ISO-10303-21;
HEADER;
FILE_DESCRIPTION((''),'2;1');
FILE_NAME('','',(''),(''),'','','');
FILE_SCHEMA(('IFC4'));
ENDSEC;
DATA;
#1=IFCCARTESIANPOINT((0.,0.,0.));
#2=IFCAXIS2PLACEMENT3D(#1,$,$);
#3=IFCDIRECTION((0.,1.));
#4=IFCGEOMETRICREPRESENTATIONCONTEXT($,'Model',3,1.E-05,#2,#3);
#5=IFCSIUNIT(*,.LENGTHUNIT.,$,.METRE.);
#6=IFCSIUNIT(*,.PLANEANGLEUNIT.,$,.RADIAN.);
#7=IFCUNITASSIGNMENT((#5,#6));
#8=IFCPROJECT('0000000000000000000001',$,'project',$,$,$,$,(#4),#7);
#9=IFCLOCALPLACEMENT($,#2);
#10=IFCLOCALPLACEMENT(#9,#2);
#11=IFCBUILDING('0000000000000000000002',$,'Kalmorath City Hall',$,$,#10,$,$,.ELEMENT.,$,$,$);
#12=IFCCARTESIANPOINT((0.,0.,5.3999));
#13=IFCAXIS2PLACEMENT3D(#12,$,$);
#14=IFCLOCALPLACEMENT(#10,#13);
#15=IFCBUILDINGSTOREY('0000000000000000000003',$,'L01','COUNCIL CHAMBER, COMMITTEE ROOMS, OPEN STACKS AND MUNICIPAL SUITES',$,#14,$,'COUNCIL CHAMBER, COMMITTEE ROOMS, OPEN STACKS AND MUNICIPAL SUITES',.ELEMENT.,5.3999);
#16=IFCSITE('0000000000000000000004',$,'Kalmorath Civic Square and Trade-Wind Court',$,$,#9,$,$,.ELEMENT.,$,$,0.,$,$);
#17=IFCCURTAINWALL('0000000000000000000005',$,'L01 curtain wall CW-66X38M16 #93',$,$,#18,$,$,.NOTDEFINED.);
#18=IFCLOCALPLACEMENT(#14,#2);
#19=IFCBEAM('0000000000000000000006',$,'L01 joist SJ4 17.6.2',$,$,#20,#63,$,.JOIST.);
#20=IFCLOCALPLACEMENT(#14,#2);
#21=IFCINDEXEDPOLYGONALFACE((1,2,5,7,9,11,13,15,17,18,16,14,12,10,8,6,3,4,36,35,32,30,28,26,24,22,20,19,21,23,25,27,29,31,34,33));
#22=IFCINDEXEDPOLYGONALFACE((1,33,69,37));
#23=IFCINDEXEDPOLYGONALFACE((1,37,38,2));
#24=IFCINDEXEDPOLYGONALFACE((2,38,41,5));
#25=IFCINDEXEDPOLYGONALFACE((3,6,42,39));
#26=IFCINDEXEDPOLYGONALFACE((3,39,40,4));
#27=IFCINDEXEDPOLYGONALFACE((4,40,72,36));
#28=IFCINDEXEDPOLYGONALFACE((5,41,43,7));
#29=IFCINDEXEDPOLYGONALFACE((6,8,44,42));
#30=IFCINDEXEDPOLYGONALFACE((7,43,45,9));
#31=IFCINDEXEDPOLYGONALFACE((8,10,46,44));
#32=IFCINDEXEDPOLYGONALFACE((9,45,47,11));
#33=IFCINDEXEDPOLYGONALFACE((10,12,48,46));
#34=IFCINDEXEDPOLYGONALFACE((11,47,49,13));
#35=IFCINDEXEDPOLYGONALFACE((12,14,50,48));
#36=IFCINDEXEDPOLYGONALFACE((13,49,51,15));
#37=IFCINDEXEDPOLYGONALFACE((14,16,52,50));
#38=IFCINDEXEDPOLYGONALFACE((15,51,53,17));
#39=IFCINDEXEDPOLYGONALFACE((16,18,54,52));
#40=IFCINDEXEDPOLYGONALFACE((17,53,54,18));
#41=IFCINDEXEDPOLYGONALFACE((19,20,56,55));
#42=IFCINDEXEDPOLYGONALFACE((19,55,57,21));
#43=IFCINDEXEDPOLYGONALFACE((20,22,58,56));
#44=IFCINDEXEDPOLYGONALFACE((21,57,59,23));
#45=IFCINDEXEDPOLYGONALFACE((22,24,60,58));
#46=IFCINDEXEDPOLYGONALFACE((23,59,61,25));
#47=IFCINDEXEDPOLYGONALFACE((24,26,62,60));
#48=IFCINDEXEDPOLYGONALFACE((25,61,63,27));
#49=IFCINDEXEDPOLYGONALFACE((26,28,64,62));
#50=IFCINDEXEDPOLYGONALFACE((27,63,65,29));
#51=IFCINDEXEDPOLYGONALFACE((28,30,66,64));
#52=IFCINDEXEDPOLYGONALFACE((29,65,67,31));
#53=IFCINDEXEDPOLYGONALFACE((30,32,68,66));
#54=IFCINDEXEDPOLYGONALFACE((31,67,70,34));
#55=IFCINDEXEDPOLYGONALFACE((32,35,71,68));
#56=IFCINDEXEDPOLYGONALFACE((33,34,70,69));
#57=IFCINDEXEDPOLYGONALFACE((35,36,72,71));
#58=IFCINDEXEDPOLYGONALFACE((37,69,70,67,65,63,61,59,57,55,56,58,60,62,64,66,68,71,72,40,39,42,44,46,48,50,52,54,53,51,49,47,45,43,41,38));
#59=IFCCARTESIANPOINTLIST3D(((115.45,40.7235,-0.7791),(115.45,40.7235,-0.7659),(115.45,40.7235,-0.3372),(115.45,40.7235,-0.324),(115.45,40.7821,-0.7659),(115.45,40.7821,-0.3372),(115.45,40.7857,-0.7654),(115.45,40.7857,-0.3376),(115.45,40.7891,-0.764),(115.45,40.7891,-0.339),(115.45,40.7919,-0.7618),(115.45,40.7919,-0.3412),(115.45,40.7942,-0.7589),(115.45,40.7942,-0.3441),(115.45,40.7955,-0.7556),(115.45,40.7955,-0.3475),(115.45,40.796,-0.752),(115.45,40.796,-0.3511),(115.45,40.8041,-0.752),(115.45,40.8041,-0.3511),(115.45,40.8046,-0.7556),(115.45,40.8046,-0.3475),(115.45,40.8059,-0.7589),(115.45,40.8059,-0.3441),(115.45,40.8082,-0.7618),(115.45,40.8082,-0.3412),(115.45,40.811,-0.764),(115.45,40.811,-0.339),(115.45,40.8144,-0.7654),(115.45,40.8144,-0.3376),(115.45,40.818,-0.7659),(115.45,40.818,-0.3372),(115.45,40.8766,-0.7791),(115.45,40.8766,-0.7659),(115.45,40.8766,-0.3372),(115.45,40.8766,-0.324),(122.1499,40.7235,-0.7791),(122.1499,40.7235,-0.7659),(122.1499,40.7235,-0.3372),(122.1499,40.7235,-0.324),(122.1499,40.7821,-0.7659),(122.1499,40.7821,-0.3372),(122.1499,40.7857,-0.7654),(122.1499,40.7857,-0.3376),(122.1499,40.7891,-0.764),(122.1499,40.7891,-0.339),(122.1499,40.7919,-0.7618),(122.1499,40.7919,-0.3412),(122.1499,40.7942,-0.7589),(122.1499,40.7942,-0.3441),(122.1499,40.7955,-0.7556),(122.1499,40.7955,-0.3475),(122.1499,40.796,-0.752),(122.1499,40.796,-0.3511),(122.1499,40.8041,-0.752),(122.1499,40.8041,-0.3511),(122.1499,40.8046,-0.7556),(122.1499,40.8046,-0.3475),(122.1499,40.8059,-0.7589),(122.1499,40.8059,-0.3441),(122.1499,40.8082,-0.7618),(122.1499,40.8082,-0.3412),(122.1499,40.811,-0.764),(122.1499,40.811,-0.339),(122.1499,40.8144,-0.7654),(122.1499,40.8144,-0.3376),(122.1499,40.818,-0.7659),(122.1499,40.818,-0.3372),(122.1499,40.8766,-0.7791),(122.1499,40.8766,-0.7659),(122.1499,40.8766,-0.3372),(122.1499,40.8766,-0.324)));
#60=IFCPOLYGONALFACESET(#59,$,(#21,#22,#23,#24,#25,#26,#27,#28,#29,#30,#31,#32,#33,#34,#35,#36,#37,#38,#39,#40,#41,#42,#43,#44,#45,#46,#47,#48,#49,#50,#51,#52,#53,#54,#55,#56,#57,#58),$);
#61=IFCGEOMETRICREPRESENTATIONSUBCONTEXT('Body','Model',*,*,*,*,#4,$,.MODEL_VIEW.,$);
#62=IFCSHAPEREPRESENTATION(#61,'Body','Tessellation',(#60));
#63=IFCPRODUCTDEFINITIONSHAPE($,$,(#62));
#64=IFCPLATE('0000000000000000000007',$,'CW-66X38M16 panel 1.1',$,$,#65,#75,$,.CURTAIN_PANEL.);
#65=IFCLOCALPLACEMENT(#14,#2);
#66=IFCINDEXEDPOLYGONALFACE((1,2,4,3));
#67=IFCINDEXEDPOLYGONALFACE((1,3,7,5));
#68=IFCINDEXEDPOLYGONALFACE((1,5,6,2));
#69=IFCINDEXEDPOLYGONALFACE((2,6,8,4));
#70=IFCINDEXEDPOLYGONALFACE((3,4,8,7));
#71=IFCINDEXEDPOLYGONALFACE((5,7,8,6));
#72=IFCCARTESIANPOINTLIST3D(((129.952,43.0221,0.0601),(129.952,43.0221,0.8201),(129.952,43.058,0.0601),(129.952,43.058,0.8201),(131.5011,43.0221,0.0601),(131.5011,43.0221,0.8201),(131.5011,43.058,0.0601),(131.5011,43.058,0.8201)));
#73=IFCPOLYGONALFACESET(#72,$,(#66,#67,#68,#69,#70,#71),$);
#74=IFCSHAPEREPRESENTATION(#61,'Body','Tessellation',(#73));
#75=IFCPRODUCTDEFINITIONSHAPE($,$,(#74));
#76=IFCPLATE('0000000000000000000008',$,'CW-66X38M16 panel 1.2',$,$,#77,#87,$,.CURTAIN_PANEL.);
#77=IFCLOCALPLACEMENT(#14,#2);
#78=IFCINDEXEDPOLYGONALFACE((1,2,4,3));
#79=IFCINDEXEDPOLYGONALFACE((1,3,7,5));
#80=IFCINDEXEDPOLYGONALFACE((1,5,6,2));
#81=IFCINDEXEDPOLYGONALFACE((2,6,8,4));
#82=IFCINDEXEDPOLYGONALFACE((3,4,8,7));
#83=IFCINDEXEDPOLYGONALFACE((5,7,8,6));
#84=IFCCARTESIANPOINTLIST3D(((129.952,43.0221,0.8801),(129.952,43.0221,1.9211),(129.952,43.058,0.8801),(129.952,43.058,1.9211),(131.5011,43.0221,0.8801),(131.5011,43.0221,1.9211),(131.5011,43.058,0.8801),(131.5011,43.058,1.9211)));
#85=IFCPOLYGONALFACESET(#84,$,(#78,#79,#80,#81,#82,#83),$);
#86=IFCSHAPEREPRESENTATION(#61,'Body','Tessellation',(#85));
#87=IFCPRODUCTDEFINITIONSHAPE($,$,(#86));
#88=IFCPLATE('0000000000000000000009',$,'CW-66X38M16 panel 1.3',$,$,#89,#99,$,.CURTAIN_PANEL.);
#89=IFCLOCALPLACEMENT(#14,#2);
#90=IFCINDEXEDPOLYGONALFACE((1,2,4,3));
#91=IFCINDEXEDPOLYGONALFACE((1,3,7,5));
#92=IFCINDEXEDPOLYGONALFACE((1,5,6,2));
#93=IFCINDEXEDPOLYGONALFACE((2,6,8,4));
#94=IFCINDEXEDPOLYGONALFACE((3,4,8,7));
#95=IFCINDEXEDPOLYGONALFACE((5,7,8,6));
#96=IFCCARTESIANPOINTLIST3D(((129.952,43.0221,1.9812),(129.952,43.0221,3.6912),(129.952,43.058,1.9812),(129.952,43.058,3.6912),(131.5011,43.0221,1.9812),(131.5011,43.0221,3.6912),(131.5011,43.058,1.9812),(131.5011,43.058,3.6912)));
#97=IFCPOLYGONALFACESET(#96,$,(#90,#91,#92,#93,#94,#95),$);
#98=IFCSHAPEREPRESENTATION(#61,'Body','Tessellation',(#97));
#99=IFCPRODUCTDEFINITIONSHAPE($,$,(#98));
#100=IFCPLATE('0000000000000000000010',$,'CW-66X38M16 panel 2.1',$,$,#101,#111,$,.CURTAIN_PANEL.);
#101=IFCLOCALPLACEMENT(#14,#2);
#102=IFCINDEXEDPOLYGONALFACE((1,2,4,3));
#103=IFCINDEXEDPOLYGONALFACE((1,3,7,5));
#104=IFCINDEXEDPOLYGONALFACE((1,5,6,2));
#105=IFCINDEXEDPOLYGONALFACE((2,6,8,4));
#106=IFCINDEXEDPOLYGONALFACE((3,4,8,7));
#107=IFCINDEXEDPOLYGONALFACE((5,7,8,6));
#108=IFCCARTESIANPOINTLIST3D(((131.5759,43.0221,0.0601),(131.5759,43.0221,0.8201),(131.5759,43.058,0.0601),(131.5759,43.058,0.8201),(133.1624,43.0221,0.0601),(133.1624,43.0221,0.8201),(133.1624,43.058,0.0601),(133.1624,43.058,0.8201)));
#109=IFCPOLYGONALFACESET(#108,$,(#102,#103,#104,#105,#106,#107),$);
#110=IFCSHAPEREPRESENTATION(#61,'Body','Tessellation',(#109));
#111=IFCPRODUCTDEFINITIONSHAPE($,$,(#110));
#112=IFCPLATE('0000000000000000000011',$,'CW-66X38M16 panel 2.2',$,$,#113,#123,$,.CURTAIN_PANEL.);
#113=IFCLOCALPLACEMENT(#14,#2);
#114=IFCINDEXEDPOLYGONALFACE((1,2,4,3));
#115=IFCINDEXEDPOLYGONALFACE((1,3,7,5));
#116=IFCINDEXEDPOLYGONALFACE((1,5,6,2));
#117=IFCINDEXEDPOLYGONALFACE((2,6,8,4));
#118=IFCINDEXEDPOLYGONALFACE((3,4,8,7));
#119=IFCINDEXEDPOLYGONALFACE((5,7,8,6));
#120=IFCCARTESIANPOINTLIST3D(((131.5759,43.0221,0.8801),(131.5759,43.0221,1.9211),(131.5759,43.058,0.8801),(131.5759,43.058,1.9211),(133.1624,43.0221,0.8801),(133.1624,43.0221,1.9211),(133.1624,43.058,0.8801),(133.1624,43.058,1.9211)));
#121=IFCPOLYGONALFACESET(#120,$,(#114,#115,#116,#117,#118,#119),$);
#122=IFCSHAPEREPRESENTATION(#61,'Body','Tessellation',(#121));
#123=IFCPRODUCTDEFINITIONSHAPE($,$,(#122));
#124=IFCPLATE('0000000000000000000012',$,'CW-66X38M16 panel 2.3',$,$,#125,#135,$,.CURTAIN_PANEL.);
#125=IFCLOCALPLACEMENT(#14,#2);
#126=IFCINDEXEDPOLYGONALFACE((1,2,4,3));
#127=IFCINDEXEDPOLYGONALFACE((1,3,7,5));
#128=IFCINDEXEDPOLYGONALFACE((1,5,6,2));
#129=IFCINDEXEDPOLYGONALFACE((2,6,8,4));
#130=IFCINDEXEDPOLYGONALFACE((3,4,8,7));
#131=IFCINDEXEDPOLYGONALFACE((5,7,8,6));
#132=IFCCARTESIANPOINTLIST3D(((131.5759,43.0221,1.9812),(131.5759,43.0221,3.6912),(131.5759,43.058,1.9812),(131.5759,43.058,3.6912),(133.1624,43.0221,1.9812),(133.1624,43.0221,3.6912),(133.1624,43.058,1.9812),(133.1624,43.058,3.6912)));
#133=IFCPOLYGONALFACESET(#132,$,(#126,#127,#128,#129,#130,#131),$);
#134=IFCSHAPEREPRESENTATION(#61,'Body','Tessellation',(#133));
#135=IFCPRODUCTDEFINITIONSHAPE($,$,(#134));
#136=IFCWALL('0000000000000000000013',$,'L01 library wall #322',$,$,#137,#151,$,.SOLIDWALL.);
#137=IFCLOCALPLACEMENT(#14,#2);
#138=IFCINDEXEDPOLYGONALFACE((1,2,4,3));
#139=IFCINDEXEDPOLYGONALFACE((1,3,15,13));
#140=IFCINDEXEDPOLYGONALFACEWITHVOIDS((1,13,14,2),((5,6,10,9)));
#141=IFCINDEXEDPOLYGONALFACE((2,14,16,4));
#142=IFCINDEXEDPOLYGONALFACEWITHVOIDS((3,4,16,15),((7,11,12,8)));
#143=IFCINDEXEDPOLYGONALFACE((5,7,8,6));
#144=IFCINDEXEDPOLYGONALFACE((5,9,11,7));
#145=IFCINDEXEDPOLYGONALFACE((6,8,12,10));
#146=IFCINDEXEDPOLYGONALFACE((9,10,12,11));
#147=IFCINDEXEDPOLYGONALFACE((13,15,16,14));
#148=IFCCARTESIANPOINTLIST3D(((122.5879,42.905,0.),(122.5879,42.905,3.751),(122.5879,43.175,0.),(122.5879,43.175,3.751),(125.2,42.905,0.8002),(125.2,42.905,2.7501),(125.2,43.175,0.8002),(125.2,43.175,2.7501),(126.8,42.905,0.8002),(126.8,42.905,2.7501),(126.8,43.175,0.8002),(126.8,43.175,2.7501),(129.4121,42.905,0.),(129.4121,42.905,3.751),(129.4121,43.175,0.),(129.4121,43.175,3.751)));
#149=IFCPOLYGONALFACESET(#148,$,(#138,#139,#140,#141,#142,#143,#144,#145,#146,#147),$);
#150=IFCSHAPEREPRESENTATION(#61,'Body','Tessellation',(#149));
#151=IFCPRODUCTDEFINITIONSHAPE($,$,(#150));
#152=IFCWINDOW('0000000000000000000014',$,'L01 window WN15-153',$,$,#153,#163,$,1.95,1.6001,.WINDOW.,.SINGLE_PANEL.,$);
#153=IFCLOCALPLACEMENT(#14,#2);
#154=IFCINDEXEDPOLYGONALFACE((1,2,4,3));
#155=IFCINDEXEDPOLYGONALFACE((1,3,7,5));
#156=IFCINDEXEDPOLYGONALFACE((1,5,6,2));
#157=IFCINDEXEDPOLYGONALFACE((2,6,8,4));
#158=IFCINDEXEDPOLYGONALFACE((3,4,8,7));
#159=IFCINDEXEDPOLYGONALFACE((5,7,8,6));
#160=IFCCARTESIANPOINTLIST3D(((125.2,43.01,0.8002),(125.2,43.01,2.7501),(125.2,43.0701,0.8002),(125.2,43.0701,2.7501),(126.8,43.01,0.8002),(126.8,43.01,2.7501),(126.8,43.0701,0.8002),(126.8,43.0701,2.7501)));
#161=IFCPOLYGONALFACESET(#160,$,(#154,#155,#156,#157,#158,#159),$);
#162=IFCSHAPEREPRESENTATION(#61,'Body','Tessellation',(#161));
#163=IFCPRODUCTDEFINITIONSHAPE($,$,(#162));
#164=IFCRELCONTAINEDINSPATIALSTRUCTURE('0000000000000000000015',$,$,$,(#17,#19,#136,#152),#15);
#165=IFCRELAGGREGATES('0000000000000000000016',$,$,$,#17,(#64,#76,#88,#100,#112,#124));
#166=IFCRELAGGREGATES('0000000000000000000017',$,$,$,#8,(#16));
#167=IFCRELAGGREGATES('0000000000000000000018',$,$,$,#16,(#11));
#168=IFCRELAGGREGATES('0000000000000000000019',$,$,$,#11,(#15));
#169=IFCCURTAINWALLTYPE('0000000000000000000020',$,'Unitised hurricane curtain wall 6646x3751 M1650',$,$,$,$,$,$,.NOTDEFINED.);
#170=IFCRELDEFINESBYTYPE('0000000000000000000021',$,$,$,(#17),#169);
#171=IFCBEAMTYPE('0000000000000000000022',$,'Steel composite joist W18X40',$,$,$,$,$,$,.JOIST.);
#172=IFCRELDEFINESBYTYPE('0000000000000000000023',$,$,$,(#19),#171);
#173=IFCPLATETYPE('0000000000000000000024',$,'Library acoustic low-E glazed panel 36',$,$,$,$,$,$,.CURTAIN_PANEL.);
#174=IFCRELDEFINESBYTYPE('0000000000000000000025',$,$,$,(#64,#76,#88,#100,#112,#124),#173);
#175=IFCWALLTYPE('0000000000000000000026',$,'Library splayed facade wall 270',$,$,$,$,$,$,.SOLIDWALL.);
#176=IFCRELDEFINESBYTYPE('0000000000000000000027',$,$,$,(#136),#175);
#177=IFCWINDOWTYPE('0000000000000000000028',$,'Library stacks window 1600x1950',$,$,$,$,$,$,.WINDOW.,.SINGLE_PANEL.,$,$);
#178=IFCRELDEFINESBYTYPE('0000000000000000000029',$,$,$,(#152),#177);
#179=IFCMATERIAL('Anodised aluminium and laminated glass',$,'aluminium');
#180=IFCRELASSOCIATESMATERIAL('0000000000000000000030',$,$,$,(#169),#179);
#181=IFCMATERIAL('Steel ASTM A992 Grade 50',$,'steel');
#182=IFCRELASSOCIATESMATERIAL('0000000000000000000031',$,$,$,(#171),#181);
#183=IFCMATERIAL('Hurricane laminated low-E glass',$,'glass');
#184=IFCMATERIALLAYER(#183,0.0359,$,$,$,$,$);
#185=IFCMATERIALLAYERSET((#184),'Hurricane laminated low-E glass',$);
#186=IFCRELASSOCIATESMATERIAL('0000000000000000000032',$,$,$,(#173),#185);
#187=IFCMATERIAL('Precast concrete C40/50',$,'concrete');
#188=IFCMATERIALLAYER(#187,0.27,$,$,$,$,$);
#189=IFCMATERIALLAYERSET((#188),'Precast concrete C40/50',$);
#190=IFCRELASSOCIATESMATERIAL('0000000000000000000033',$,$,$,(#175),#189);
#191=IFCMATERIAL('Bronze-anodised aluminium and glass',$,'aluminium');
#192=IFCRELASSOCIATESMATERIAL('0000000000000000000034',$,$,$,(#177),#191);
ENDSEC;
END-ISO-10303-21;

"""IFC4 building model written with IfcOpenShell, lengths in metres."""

from ifc_helpers import new_model, si_unit, direction, frame, frame_2d, origin, origin_2d, place, context, subcontext, project, spatial, rectangle, i_section, extrude, material, layer, layer_set, material_profile, profile_set, type_object, element, fill, aggregate, save


model = new_model("IFC4")

# Units and contexts
model_context = context("Model", 3, precision=1e-05, world=origin(), true_north=direction((0.0, 1.0)))
body_context = subcontext(model_context, "Body", "Model", "MODEL_VIEW")
ifc_project = project(units=[si_unit("LENGTHUNIT", "METRE"), si_unit("PLANEANGLEUNIT", "RADIAN")], contexts=[model_context])

# Site, building, storey
site_placement = place(None, origin())
site = spatial("IfcSite", under=ifc_project, at=site_placement, Name="Kalmorath Civic Square and Trade-Wind Court", CompositionType="ELEMENT", RefElevation=0.0)
building_placement = place(site_placement, origin())
building = spatial("IfcBuilding", under=site, at=building_placement, Name="Kalmorath City Hall", CompositionType="ELEMENT")
storey_placement = place(building_placement, frame((0.0, 0.0, 5.3999)))
storey = spatial("IfcBuildingStorey", under=building, at=storey_placement, Name="L01", Description="COUNCIL CHAMBER, COMMITTEE ROOMS, OPEN STACKS AND MUNICIPAL SUITES", LongName="COUNCIL CHAMBER, COMMITTEE ROOMS, OPEN STACKS AND MUNICIPAL SUITES", CompositionType="ELEMENT", Elevation=5.3999)

# Curtain wall
ifc_material_1 = material(Name="Anodised aluminium and laminated glass", Category="aluminium")
curtain_wall_type = type_object("IfcCurtainWallType", Name="Unitised hurricane curtain wall 6646x3751 M1650", PredefinedType="NOTDEFINED", material=ifc_material_1)
curtain_wall_placement = place(storey_placement, origin())
curtain_wall = element("IfcCurtainWall", 1, at=curtain_wall_placement, inside=storey, type_object=curtain_wall_type, Name="L01 curtain wall CW-66X38M16 #93", PredefinedType="NOTDEFINED")

# Beam
ifc_material_2 = material(Name="Steel ASTM A992 Grade 50", Category="steel")
ifc_material_profile_1 = material_profile(ifc_material_2, i_section(OverallWidth=0.1531, OverallDepth=0.4551, WebThickness=0.0081, FlangeThickness=0.0132, FilletRadius=0.0139, at=origin_2d()), Name="W18X40")
ifc_profile_set_1 = profile_set([ifc_material_profile_1], Name="Steel ASTM A992 Grade 50")
beam_type_1 = type_object("IfcBeamType", Name="Steel composite joist W18X40", PredefinedType="JOIST", material=ifc_profile_set_1)
for number, where, z_axis, x_axis, name in (
    (2, (115.45, 40.8, -0.5515), (1.0, 0.0, 0.0), (0.0, 1.0, 0.0), "L01 joist SJ4 17.6.2"),
):
    element("IfcBeam", number, at=place(storey_placement, frame(where, z_axis=z_axis, x_axis=x_axis)), inside=storey, type_object=beam_type_1, Name=name, PredefinedType="JOIST", context=body_context, shape_type="SweptSolid", body=[
        extrude(i_section(OverallWidth=0.1531, OverallDepth=0.4551, WebThickness=0.0081, FlangeThickness=0.0132, FilletRadius=0.0139, at=origin_2d()), origin(), (0.0, 0.0, 1.0), 6.7),
    ])

# Plates
ifc_material_3 = material(Name="Hurricane laminated low-E glass", Category="glass")
ifc_layer_1 = layer(ifc_material_3, 0.0359)
ifc_layer_set_1 = layer_set([ifc_layer_1], Name="Hurricane laminated low-E glass")
plate_type = type_object("IfcPlateType", Name="Library acoustic low-E glazed panel 36", PredefinedType="CURTAIN_PANEL", material=ifc_layer_set_1)
plate_1_placement = place(storey_placement, frame((130.7266, 43.04, 0.0601), z_axis=(0.0, 0.0, 1.0), x_axis=(1.0, 0.0, 0.0)))
plate_1 = element("IfcPlate", 3, at=plate_1_placement, type_object=plate_type, Name="CW-66X38M16 panel 1.1", PredefinedType="CURTAIN_PANEL", context=body_context, shape_type="SweptSolid", body=[
    extrude(rectangle(XDim=1.5491, YDim=0.0359, at=origin_2d()), origin(), (0.0, 0.0, 1.0), 0.76),
])
plate_2_placement = place(storey_placement, frame((130.7266, 43.04, 0.8801), z_axis=(0.0, 0.0, 1.0), x_axis=(1.0, 0.0, 0.0)))
plate_2 = element("IfcPlate", 4, at=plate_2_placement, type_object=plate_type, Name="CW-66X38M16 panel 1.2", PredefinedType="CURTAIN_PANEL", context=body_context, shape_type="SweptSolid", body=[
    extrude(rectangle(XDim=1.5491, YDim=0.0359, at=origin_2d()), origin(), (0.0, 0.0, 1.0), 1.041),
])
plate_3_placement = place(storey_placement, frame((130.7266, 43.04, 1.9812), z_axis=(0.0, 0.0, 1.0), x_axis=(1.0, 0.0, 0.0)))
plate_3 = element("IfcPlate", 5, at=plate_3_placement, type_object=plate_type, Name="CW-66X38M16 panel 1.3", PredefinedType="CURTAIN_PANEL", context=body_context, shape_type="SweptSolid", body=[
    extrude(rectangle(XDim=1.5491, YDim=0.0359, at=origin_2d()), origin(), (0.0, 0.0, 1.0), 1.71),
])
plate_4_placement = place(storey_placement, frame((132.3691, 43.04, 0.0601), z_axis=(0.0, 0.0, 1.0), x_axis=(1.0, 0.0, 0.0)))
plate_4 = element("IfcPlate", 6, at=plate_4_placement, type_object=plate_type, Name="CW-66X38M16 panel 2.1", PredefinedType="CURTAIN_PANEL", context=body_context, shape_type="SweptSolid", body=[
    extrude(rectangle(XDim=1.5864, YDim=0.0359, at=origin_2d()), origin(), (0.0, 0.0, 1.0), 0.76),
])
plate_5_placement = place(storey_placement, frame((132.3691, 43.04, 0.8801), z_axis=(0.0, 0.0, 1.0), x_axis=(1.0, 0.0, 0.0)))
plate_5 = element("IfcPlate", 7, at=plate_5_placement, type_object=plate_type, Name="CW-66X38M16 panel 2.2", PredefinedType="CURTAIN_PANEL", context=body_context, shape_type="SweptSolid", body=[
    extrude(rectangle(XDim=1.5864, YDim=0.0359, at=origin_2d()), origin(), (0.0, 0.0, 1.0), 1.041),
])
plate_6_placement = place(storey_placement, frame((132.3691, 43.04, 1.9812), z_axis=(0.0, 0.0, 1.0), x_axis=(1.0, 0.0, 0.0)))
plate_6 = element("IfcPlate", 8, at=plate_6_placement, type_object=plate_type, Name="CW-66X38M16 panel 2.3", PredefinedType="CURTAIN_PANEL", context=body_context, shape_type="SweptSolid", body=[
    extrude(rectangle(XDim=1.5864, YDim=0.0359, at=origin_2d()), origin(), (0.0, 0.0, 1.0), 1.71),
])
aggregate(curtain_wall, [plate_1, plate_2, plate_3, plate_4, plate_5, plate_6])

# Wall, opening, window
ifc_material_4 = material(Name="Precast concrete C40/50", Category="concrete")
ifc_layer_2 = layer(ifc_material_4, 0.27)
ifc_layer_set_2 = layer_set([ifc_layer_2], Name="Precast concrete C40/50")
wall_type_1 = type_object("IfcWallType", Name="Library splayed facade wall 270", PredefinedType="SOLIDWALL", material=ifc_layer_set_2)
wall_1_placement = place(storey_placement, frame((122.5879, 43.04, 0.0), z_axis=(0.0, 0.0, 1.0), x_axis=(1.0, 0.0, 0.0)))
wall_1 = element("IfcWall", 9, at=wall_1_placement, inside=storey, type_object=wall_type_1, Name="L01 library wall #322", PredefinedType="SOLIDWALL", context=body_context, shape_type="SweptSolid", body=[
    extrude(rectangle(XDim=6.8242, YDim=0.27, at=frame_2d((3.4121, 0.0))), origin(), (0.0, 0.0, 1.0), 3.751),
])
opening_1_placement = place(wall_1_placement, frame((2.6121, 0.0, 0.8)))
opening_1 = element("IfcOpeningElement", 10, at=opening_1_placement, cuts=wall_1, PredefinedType="OPENING", context=body_context, shape_type="SweptSolid", body=[
    extrude(rectangle(XDim=1.6001, YDim=1.95, at=frame_2d((0.8, 0.9751))), frame((0.0, 0.145, 0.0), z_axis=(0.0, -1.0, 0.0), x_axis=(1.0, 0.0, 0.0)), (0.0, 0.0, 1.0), 0.29),
])
ifc_material_5 = material(Name="Bronze-anodised aluminium and glass", Category="aluminium")
window_type = type_object("IfcWindowType", Name="Library stacks window 1600x1950", PartitioningType="SINGLE_PANEL", PredefinedType="WINDOW", material=ifc_material_5)
window_placement = place(opening_1_placement, origin())
window = element("IfcWindow", 11, at=window_placement, inside=storey, type_object=window_type, Name="L01 window WN15-153", OverallHeight=1.95, OverallWidth=1.6001, PartitioningType="SINGLE_PANEL", PredefinedType="WINDOW", context=body_context, shape_type="SweptSolid", body=[
    extrude(rectangle(XDim=1.6001, YDim=1.95, at=frame_2d((0.8, 0.9751))), frame((0.0, 0.03, 0.0), z_axis=(0.0, -1.0, 0.0), x_axis=(1.0, 0.0, 0.0)), (0.0, 0.0, 1.0), 0.0601),
])
fill(opening_1, window)

save(model, "model.ifc")
